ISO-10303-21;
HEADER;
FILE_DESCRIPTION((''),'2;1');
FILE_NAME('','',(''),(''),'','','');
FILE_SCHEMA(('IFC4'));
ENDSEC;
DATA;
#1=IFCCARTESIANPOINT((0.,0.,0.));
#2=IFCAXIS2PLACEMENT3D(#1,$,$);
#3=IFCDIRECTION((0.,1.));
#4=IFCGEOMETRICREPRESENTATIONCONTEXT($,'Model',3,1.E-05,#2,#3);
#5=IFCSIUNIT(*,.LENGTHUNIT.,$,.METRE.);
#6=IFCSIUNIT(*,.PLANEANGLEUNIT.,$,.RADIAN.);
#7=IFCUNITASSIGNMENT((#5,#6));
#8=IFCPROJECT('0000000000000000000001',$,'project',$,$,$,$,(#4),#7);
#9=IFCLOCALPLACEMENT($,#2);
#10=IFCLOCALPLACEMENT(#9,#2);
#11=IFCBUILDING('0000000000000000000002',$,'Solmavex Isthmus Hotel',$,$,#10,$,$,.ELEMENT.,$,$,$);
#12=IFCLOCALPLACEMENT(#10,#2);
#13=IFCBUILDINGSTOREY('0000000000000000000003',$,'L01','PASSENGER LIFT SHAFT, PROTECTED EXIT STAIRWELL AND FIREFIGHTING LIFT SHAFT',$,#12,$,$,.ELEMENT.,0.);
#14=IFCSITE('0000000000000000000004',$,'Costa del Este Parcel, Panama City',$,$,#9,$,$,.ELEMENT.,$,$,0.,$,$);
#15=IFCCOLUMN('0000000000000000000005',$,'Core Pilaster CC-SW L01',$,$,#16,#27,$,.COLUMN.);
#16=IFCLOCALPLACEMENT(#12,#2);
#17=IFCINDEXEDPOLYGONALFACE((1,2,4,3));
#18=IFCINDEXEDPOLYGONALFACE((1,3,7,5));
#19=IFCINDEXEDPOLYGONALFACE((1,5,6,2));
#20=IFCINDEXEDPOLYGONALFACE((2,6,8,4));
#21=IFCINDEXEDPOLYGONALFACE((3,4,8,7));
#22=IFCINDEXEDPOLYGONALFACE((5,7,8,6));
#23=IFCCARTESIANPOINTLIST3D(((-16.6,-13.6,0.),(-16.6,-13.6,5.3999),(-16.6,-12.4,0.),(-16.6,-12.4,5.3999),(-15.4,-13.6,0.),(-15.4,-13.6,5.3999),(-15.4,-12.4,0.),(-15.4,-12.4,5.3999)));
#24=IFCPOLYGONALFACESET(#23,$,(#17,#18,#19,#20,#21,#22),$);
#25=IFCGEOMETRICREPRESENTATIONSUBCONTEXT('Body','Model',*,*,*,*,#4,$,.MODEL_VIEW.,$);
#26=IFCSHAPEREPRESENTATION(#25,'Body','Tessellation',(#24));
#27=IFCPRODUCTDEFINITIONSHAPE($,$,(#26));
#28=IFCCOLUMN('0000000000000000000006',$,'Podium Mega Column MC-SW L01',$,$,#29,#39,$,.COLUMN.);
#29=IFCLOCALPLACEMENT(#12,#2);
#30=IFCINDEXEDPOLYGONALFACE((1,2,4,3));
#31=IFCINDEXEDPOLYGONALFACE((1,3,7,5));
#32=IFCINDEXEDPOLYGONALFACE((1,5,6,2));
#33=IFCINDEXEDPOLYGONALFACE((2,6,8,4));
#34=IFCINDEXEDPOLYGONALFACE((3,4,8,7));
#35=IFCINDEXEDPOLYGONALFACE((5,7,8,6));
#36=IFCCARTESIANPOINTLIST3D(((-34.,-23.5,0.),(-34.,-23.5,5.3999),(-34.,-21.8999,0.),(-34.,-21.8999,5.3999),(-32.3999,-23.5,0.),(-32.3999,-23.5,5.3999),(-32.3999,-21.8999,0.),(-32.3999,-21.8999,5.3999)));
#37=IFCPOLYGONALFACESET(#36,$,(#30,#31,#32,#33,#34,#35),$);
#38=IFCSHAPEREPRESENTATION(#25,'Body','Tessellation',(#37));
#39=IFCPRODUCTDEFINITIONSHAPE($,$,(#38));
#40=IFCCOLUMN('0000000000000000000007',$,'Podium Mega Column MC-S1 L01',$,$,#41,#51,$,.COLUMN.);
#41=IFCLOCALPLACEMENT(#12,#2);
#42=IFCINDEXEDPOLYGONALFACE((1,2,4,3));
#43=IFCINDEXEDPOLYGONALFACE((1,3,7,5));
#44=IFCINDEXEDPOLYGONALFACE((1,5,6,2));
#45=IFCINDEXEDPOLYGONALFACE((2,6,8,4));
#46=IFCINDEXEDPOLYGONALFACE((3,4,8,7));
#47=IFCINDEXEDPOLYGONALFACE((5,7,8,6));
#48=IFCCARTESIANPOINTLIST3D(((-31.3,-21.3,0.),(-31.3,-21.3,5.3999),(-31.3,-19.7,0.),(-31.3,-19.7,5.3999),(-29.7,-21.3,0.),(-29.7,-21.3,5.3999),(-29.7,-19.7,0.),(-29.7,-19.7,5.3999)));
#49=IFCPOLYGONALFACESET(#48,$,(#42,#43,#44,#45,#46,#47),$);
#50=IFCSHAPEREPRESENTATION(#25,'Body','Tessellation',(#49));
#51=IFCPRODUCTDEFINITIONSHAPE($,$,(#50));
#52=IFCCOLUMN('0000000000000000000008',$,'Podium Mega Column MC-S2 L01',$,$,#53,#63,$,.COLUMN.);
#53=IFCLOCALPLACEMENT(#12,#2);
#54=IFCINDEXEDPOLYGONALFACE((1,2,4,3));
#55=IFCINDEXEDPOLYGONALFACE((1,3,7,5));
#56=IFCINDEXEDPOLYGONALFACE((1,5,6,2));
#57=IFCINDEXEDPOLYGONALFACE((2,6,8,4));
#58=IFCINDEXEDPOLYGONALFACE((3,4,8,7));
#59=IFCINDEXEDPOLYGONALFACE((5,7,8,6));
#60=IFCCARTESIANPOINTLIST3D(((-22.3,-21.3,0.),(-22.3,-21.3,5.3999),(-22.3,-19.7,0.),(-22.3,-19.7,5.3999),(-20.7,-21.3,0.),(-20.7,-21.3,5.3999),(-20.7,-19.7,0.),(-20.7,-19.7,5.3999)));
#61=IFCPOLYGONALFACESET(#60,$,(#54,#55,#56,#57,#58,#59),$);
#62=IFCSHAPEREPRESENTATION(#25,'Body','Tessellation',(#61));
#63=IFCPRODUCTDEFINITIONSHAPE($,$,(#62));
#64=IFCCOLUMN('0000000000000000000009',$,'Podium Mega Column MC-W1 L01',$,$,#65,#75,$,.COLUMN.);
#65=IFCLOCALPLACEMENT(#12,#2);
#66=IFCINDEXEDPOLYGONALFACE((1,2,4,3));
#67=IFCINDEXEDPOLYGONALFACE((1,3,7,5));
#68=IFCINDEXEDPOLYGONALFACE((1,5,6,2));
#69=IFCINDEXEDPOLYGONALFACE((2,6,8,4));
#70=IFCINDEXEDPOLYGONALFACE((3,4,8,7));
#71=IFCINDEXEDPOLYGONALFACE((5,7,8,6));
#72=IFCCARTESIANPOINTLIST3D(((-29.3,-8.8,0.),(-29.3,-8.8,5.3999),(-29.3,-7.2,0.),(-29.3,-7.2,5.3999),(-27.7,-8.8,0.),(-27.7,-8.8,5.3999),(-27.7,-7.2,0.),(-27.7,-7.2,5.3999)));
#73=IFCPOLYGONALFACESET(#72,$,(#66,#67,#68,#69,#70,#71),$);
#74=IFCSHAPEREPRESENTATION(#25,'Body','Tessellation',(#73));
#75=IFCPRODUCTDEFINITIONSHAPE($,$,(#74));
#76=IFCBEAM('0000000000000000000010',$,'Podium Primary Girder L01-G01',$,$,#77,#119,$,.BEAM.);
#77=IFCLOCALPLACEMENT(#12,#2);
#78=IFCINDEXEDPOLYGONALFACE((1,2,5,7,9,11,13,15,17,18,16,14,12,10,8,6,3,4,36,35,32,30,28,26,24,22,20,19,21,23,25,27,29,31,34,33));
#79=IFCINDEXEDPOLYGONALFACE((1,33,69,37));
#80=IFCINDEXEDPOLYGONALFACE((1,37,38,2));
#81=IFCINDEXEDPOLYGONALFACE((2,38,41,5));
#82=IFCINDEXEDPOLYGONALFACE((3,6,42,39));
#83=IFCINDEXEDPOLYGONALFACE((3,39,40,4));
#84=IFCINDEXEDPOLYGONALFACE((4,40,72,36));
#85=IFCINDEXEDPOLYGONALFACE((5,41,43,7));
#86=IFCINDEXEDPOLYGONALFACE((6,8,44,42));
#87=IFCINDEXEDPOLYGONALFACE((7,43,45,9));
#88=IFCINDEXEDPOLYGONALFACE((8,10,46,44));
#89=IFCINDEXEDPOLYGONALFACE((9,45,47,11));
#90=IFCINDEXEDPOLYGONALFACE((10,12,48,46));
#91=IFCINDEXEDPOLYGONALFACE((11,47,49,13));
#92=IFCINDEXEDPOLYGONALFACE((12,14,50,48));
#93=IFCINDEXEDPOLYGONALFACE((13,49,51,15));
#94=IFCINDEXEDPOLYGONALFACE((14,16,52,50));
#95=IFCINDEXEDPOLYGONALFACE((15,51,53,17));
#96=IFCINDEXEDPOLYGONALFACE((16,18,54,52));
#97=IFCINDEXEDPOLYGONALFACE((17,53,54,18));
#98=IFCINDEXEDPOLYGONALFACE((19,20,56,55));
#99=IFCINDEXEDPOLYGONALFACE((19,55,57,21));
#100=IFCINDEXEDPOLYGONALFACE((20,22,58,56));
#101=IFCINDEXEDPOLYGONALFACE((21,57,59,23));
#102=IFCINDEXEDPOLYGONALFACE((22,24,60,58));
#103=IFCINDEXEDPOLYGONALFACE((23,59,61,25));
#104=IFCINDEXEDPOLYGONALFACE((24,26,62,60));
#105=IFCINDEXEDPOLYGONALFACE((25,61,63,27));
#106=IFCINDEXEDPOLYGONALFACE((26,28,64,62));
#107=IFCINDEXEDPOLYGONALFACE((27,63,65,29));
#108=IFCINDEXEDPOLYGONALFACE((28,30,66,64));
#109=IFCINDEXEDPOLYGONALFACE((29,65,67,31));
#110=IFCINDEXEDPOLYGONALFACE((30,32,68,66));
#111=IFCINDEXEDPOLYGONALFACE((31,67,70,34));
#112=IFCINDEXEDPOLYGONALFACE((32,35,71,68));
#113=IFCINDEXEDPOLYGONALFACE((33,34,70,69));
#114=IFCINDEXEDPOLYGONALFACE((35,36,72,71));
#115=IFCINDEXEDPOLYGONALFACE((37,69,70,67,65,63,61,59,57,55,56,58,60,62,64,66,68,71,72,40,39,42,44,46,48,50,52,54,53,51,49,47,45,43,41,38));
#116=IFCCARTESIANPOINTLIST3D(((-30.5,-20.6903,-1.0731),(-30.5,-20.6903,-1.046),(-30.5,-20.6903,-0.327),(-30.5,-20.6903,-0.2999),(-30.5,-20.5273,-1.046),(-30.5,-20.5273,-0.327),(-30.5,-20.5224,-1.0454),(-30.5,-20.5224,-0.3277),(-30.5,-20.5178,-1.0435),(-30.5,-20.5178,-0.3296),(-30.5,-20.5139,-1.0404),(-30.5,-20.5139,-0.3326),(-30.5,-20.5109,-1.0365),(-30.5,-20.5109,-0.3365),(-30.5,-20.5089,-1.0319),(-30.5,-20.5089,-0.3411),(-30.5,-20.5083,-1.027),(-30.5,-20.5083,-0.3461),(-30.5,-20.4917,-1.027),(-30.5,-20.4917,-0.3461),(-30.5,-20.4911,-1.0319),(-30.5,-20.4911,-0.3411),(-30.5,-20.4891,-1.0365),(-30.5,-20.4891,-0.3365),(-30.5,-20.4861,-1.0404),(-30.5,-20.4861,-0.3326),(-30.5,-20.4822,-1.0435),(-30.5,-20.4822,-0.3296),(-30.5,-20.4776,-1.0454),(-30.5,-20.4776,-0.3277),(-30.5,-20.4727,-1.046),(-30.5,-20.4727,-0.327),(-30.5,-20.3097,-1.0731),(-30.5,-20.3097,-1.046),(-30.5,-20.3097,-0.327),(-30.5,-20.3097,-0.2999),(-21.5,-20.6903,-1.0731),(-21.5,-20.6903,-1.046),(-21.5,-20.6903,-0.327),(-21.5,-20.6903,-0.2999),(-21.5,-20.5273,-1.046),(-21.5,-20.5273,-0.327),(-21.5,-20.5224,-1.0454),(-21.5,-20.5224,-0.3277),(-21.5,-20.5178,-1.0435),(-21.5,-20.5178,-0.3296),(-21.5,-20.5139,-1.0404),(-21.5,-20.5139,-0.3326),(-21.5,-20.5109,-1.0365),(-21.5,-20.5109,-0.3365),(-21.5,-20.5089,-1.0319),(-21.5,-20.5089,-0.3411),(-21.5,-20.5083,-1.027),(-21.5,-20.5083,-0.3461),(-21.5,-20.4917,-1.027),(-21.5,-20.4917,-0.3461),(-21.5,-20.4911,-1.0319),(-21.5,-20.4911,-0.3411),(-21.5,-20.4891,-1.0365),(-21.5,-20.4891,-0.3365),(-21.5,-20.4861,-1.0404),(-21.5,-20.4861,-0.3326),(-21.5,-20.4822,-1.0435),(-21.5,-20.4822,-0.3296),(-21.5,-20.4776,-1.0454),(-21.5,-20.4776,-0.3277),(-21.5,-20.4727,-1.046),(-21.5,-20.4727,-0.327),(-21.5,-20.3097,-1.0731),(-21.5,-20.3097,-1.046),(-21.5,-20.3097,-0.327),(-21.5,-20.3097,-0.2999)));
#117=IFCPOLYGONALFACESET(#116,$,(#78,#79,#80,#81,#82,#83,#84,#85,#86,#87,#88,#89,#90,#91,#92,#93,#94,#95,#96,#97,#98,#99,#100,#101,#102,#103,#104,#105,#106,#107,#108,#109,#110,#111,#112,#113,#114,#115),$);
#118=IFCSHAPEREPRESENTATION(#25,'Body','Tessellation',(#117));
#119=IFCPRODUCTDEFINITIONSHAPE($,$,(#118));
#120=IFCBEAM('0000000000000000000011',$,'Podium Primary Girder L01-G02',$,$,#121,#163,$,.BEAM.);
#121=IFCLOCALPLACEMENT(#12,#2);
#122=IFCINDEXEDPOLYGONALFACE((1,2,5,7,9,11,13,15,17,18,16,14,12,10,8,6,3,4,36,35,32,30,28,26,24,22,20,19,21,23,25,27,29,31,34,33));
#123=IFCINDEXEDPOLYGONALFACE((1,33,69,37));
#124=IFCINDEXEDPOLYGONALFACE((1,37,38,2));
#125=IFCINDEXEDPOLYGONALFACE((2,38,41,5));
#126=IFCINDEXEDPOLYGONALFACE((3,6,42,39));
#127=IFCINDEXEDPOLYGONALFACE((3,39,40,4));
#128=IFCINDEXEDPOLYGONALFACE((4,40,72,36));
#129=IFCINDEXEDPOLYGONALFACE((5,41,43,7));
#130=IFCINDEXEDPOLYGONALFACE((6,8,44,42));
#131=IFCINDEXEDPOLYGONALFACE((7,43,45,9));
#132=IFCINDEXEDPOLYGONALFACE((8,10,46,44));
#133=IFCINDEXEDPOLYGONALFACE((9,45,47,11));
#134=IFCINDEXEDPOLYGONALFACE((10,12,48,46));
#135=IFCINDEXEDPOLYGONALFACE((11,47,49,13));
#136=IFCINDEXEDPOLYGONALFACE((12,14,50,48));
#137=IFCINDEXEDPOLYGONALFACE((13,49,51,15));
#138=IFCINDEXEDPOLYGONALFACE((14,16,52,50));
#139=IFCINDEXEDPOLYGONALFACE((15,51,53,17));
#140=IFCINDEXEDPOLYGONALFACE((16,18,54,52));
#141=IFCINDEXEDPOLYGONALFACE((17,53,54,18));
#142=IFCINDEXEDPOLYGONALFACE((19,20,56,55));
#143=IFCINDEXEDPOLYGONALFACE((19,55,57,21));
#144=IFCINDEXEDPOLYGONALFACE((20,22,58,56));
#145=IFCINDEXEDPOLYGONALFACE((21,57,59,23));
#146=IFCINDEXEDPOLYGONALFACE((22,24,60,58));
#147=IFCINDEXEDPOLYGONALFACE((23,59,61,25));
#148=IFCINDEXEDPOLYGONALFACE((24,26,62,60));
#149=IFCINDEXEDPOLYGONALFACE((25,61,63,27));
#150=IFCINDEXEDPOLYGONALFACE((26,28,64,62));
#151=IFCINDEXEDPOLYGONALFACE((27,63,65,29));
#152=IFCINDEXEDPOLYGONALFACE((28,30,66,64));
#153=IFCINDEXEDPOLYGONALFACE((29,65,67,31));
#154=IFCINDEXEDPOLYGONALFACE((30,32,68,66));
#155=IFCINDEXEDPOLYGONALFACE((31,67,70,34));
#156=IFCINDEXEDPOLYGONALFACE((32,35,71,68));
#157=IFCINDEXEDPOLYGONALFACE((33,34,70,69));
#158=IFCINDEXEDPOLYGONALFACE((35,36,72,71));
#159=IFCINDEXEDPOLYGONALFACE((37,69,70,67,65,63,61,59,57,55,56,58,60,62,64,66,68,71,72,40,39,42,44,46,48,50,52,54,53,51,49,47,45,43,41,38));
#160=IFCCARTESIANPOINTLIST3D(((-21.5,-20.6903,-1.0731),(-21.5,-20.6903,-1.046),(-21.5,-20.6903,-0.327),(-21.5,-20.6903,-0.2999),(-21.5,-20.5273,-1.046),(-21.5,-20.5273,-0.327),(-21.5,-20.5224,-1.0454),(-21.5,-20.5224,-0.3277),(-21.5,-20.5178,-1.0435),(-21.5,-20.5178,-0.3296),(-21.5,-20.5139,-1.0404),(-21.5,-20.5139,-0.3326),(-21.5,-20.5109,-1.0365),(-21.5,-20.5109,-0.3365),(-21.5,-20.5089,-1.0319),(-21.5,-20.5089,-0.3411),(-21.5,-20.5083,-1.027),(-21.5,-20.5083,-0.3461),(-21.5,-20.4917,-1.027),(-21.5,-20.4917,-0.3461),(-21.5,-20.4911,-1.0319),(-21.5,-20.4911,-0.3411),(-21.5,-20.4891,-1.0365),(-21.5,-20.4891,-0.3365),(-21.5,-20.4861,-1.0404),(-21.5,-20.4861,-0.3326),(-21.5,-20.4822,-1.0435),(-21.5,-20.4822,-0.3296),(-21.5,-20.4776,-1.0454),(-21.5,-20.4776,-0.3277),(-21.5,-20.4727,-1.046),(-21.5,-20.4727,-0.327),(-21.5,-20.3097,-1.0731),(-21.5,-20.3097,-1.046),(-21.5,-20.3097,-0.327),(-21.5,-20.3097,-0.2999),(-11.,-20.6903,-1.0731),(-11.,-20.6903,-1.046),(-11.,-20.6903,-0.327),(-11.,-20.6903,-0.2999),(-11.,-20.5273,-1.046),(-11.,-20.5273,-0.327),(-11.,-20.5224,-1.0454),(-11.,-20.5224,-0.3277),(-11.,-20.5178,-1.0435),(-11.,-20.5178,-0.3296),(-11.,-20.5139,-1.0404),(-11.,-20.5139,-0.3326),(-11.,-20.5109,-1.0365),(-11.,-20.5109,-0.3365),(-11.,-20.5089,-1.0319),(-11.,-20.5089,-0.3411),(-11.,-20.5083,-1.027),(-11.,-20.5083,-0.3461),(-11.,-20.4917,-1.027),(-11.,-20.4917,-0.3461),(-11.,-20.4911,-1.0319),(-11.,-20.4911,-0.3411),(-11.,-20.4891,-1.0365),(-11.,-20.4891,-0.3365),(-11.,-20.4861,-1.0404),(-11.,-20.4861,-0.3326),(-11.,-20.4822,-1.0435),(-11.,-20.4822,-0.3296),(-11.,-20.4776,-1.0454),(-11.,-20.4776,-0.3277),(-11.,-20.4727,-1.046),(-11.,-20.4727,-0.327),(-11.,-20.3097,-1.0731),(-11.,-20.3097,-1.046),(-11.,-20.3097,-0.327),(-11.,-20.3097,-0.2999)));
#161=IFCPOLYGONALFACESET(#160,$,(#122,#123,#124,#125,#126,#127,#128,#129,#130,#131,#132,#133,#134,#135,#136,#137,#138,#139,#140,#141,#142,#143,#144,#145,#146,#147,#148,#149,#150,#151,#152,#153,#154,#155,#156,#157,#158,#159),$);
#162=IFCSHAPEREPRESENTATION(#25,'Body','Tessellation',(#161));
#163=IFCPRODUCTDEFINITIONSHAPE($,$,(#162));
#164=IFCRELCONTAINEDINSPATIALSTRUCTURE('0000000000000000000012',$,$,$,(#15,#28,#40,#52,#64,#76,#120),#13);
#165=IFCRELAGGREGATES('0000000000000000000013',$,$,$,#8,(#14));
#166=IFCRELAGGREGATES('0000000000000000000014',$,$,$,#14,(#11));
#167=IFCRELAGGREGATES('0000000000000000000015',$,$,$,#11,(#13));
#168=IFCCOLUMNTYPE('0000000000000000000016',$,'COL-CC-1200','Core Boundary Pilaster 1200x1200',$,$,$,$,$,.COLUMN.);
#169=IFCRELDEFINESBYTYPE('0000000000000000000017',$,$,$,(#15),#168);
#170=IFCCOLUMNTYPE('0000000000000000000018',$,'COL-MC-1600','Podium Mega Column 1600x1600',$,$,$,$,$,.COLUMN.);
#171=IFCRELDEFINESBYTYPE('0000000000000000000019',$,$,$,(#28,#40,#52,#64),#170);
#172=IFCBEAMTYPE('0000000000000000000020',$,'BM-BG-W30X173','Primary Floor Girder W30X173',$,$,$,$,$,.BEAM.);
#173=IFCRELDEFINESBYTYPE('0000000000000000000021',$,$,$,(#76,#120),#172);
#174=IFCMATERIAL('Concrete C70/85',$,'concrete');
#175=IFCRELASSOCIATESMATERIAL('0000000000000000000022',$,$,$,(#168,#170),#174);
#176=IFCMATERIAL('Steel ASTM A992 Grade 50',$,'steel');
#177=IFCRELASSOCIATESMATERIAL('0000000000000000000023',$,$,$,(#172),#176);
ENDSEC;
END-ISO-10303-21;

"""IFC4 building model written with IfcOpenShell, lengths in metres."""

from ifc_helpers import new_model, si_unit, direction, frame, origin, origin_2d, place, context, subcontext, project, spatial, rectangle, i_section, extrude, material, material_profile, profile_set, type_object, element, save


model = new_model("IFC4")

# Units and contexts
model_context = context("Model", 3, precision=1e-05, world=origin(), true_north=direction((0.0, 1.0)))
body_context = subcontext(model_context, "Body", "Model", "MODEL_VIEW")
ifc_project = project(units=[si_unit("LENGTHUNIT", "METRE"), si_unit("PLANEANGLEUNIT", "RADIAN")], contexts=[model_context])

# Site, building, storey
site_placement = place(None, origin())
site = spatial("IfcSite", under=ifc_project, at=site_placement, Name="Costa del Este Parcel, Panama City", CompositionType="ELEMENT", RefElevation=0.0)
building_placement = place(site_placement, origin())
building = spatial("IfcBuilding", under=site, at=building_placement, Name="Solmavex Isthmus Hotel", CompositionType="ELEMENT")
storey_placement = place(building_placement, origin())
storey = spatial("IfcBuildingStorey", under=building, at=storey_placement, Name="L01", Description="PASSENGER LIFT SHAFT, PROTECTED EXIT STAIRWELL AND FIREFIGHTING LIFT SHAFT", CompositionType="ELEMENT", Elevation=0.0)

# Columns
ifc_material_1 = material(Name="Concrete C70/85", Category="concrete")
ifc_material_profile_1 = material_profile(ifc_material_1, rectangle(XDim=1.2, YDim=1.2, at=origin_2d()), Name="RC1200X1200")
ifc_profile_set_1 = profile_set([ifc_material_profile_1], Name="Concrete C70/85")
column_type_1 = type_object("IfcColumnType", Name="COL-CC-1200", Description="Core Boundary Pilaster 1200x1200", PredefinedType="COLUMN", material=ifc_profile_set_1)
column_placement = place(storey_placement, frame((-16.0, -13.0, 0.0), z_axis=(0.0, 0.0, 1.0), x_axis=(1.0, 0.0, 0.0)))
element("IfcColumn", 1, at=column_placement, inside=storey, type_object=column_type_1, Name="Core Pilaster CC-SW L01", PredefinedType="COLUMN", context=body_context, shape_type="SweptSolid", body=[
    extrude(rectangle(XDim=1.2, YDim=1.2, at=origin_2d()), origin(), (0.0, 0.0, 1.0), 5.3999),
])
ifc_material_profile_2 = material_profile(ifc_material_1, rectangle(XDim=1.6001, YDim=1.6001, at=origin_2d()), Name="RC1600X1600")
ifc_profile_set_2 = profile_set([ifc_material_profile_2], Name="Concrete C70/85")
column_type_2 = type_object("IfcColumnType", Name="COL-MC-1600", Description="Podium Mega Column 1600x1600", PredefinedType="COLUMN", material=ifc_profile_set_2)
for number, where, z_axis, x_axis, name in (
    (2, (-33.2, -22.7, 0.0), (0.0, 0.0, 1.0), (1.0, 0.0, 0.0), "Podium Mega Column MC-SW L01"),
    (3, (-30.5, -20.5, 0.0), (0.0, 0.0, 1.0), (1.0, 0.0, 0.0), "Podium Mega Column MC-S1 L01"),
    (4, (-21.5, -20.5, 0.0), (0.0, 0.0, 1.0), (1.0, 0.0, 0.0), "Podium Mega Column MC-S2 L01"),
    (5, (-28.5, -8.0, 0.0), (0.0, 0.0, 1.0), (1.0, 0.0, 0.0), "Podium Mega Column MC-W1 L01"),
):
    element("IfcColumn", number, at=place(storey_placement, frame(where, z_axis=z_axis, x_axis=x_axis)), inside=storey, type_object=column_type_2, Name=name, PredefinedType="COLUMN", context=body_context, shape_type="SweptSolid", body=[
        extrude(rectangle(XDim=1.6001, YDim=1.6001, at=origin_2d()), origin(), (0.0, 0.0, 1.0), 5.3999),
    ])

# Beams
ifc_material_2 = material(Name="Steel ASTM A992 Grade 50", Category="steel")
ifc_material_profile_3 = material_profile(ifc_material_2, i_section(OverallWidth=0.3806, OverallDepth=0.7732, WebThickness=0.0166, FlangeThickness=0.0271, FilletRadius=0.019, at=origin_2d()), Name="W30X173")
ifc_profile_set_3 = profile_set([ifc_material_profile_3], Name="Steel ASTM A992 Grade 50")
beam_type_1 = type_object("IfcBeamType", Name="BM-BG-W30X173", Description="Primary Floor Girder W30X173", PredefinedType="BEAM", material=ifc_profile_set_3)
beam_1_placement = place(storey_placement, frame((-30.5, -20.5, -0.6865), z_axis=(1.0, 0.0, 0.0), x_axis=(0.0, 1.0, 0.0)))
element("IfcBeam", 6, at=beam_1_placement, inside=storey, type_object=beam_type_1, Name="Podium Primary Girder L01-G01", PredefinedType="BEAM", context=body_context, shape_type="SweptSolid", body=[
    extrude(i_section(OverallWidth=0.3806, OverallDepth=0.7732, WebThickness=0.0166, FlangeThickness=0.0271, FilletRadius=0.019, at=origin_2d()), origin(), (0.0, 0.0, 1.0), 9.0),
])
beam_2_placement = place(storey_placement, frame((-21.5, -20.5, -0.6865), z_axis=(1.0, 0.0, 0.0), x_axis=(0.0, 1.0, 0.0)))
element("IfcBeam", 7, at=beam_2_placement, inside=storey, type_object=beam_type_1, Name="Podium Primary Girder L01-G02", PredefinedType="BEAM", context=body_context, shape_type="SweptSolid", body=[
    extrude(i_section(OverallWidth=0.3806, OverallDepth=0.7732, WebThickness=0.0166, FlangeThickness=0.0271, FilletRadius=0.019, at=origin_2d()), origin(), (0.0, 0.0, 1.0), 10.5),
])

save(model, "model.ifc")
